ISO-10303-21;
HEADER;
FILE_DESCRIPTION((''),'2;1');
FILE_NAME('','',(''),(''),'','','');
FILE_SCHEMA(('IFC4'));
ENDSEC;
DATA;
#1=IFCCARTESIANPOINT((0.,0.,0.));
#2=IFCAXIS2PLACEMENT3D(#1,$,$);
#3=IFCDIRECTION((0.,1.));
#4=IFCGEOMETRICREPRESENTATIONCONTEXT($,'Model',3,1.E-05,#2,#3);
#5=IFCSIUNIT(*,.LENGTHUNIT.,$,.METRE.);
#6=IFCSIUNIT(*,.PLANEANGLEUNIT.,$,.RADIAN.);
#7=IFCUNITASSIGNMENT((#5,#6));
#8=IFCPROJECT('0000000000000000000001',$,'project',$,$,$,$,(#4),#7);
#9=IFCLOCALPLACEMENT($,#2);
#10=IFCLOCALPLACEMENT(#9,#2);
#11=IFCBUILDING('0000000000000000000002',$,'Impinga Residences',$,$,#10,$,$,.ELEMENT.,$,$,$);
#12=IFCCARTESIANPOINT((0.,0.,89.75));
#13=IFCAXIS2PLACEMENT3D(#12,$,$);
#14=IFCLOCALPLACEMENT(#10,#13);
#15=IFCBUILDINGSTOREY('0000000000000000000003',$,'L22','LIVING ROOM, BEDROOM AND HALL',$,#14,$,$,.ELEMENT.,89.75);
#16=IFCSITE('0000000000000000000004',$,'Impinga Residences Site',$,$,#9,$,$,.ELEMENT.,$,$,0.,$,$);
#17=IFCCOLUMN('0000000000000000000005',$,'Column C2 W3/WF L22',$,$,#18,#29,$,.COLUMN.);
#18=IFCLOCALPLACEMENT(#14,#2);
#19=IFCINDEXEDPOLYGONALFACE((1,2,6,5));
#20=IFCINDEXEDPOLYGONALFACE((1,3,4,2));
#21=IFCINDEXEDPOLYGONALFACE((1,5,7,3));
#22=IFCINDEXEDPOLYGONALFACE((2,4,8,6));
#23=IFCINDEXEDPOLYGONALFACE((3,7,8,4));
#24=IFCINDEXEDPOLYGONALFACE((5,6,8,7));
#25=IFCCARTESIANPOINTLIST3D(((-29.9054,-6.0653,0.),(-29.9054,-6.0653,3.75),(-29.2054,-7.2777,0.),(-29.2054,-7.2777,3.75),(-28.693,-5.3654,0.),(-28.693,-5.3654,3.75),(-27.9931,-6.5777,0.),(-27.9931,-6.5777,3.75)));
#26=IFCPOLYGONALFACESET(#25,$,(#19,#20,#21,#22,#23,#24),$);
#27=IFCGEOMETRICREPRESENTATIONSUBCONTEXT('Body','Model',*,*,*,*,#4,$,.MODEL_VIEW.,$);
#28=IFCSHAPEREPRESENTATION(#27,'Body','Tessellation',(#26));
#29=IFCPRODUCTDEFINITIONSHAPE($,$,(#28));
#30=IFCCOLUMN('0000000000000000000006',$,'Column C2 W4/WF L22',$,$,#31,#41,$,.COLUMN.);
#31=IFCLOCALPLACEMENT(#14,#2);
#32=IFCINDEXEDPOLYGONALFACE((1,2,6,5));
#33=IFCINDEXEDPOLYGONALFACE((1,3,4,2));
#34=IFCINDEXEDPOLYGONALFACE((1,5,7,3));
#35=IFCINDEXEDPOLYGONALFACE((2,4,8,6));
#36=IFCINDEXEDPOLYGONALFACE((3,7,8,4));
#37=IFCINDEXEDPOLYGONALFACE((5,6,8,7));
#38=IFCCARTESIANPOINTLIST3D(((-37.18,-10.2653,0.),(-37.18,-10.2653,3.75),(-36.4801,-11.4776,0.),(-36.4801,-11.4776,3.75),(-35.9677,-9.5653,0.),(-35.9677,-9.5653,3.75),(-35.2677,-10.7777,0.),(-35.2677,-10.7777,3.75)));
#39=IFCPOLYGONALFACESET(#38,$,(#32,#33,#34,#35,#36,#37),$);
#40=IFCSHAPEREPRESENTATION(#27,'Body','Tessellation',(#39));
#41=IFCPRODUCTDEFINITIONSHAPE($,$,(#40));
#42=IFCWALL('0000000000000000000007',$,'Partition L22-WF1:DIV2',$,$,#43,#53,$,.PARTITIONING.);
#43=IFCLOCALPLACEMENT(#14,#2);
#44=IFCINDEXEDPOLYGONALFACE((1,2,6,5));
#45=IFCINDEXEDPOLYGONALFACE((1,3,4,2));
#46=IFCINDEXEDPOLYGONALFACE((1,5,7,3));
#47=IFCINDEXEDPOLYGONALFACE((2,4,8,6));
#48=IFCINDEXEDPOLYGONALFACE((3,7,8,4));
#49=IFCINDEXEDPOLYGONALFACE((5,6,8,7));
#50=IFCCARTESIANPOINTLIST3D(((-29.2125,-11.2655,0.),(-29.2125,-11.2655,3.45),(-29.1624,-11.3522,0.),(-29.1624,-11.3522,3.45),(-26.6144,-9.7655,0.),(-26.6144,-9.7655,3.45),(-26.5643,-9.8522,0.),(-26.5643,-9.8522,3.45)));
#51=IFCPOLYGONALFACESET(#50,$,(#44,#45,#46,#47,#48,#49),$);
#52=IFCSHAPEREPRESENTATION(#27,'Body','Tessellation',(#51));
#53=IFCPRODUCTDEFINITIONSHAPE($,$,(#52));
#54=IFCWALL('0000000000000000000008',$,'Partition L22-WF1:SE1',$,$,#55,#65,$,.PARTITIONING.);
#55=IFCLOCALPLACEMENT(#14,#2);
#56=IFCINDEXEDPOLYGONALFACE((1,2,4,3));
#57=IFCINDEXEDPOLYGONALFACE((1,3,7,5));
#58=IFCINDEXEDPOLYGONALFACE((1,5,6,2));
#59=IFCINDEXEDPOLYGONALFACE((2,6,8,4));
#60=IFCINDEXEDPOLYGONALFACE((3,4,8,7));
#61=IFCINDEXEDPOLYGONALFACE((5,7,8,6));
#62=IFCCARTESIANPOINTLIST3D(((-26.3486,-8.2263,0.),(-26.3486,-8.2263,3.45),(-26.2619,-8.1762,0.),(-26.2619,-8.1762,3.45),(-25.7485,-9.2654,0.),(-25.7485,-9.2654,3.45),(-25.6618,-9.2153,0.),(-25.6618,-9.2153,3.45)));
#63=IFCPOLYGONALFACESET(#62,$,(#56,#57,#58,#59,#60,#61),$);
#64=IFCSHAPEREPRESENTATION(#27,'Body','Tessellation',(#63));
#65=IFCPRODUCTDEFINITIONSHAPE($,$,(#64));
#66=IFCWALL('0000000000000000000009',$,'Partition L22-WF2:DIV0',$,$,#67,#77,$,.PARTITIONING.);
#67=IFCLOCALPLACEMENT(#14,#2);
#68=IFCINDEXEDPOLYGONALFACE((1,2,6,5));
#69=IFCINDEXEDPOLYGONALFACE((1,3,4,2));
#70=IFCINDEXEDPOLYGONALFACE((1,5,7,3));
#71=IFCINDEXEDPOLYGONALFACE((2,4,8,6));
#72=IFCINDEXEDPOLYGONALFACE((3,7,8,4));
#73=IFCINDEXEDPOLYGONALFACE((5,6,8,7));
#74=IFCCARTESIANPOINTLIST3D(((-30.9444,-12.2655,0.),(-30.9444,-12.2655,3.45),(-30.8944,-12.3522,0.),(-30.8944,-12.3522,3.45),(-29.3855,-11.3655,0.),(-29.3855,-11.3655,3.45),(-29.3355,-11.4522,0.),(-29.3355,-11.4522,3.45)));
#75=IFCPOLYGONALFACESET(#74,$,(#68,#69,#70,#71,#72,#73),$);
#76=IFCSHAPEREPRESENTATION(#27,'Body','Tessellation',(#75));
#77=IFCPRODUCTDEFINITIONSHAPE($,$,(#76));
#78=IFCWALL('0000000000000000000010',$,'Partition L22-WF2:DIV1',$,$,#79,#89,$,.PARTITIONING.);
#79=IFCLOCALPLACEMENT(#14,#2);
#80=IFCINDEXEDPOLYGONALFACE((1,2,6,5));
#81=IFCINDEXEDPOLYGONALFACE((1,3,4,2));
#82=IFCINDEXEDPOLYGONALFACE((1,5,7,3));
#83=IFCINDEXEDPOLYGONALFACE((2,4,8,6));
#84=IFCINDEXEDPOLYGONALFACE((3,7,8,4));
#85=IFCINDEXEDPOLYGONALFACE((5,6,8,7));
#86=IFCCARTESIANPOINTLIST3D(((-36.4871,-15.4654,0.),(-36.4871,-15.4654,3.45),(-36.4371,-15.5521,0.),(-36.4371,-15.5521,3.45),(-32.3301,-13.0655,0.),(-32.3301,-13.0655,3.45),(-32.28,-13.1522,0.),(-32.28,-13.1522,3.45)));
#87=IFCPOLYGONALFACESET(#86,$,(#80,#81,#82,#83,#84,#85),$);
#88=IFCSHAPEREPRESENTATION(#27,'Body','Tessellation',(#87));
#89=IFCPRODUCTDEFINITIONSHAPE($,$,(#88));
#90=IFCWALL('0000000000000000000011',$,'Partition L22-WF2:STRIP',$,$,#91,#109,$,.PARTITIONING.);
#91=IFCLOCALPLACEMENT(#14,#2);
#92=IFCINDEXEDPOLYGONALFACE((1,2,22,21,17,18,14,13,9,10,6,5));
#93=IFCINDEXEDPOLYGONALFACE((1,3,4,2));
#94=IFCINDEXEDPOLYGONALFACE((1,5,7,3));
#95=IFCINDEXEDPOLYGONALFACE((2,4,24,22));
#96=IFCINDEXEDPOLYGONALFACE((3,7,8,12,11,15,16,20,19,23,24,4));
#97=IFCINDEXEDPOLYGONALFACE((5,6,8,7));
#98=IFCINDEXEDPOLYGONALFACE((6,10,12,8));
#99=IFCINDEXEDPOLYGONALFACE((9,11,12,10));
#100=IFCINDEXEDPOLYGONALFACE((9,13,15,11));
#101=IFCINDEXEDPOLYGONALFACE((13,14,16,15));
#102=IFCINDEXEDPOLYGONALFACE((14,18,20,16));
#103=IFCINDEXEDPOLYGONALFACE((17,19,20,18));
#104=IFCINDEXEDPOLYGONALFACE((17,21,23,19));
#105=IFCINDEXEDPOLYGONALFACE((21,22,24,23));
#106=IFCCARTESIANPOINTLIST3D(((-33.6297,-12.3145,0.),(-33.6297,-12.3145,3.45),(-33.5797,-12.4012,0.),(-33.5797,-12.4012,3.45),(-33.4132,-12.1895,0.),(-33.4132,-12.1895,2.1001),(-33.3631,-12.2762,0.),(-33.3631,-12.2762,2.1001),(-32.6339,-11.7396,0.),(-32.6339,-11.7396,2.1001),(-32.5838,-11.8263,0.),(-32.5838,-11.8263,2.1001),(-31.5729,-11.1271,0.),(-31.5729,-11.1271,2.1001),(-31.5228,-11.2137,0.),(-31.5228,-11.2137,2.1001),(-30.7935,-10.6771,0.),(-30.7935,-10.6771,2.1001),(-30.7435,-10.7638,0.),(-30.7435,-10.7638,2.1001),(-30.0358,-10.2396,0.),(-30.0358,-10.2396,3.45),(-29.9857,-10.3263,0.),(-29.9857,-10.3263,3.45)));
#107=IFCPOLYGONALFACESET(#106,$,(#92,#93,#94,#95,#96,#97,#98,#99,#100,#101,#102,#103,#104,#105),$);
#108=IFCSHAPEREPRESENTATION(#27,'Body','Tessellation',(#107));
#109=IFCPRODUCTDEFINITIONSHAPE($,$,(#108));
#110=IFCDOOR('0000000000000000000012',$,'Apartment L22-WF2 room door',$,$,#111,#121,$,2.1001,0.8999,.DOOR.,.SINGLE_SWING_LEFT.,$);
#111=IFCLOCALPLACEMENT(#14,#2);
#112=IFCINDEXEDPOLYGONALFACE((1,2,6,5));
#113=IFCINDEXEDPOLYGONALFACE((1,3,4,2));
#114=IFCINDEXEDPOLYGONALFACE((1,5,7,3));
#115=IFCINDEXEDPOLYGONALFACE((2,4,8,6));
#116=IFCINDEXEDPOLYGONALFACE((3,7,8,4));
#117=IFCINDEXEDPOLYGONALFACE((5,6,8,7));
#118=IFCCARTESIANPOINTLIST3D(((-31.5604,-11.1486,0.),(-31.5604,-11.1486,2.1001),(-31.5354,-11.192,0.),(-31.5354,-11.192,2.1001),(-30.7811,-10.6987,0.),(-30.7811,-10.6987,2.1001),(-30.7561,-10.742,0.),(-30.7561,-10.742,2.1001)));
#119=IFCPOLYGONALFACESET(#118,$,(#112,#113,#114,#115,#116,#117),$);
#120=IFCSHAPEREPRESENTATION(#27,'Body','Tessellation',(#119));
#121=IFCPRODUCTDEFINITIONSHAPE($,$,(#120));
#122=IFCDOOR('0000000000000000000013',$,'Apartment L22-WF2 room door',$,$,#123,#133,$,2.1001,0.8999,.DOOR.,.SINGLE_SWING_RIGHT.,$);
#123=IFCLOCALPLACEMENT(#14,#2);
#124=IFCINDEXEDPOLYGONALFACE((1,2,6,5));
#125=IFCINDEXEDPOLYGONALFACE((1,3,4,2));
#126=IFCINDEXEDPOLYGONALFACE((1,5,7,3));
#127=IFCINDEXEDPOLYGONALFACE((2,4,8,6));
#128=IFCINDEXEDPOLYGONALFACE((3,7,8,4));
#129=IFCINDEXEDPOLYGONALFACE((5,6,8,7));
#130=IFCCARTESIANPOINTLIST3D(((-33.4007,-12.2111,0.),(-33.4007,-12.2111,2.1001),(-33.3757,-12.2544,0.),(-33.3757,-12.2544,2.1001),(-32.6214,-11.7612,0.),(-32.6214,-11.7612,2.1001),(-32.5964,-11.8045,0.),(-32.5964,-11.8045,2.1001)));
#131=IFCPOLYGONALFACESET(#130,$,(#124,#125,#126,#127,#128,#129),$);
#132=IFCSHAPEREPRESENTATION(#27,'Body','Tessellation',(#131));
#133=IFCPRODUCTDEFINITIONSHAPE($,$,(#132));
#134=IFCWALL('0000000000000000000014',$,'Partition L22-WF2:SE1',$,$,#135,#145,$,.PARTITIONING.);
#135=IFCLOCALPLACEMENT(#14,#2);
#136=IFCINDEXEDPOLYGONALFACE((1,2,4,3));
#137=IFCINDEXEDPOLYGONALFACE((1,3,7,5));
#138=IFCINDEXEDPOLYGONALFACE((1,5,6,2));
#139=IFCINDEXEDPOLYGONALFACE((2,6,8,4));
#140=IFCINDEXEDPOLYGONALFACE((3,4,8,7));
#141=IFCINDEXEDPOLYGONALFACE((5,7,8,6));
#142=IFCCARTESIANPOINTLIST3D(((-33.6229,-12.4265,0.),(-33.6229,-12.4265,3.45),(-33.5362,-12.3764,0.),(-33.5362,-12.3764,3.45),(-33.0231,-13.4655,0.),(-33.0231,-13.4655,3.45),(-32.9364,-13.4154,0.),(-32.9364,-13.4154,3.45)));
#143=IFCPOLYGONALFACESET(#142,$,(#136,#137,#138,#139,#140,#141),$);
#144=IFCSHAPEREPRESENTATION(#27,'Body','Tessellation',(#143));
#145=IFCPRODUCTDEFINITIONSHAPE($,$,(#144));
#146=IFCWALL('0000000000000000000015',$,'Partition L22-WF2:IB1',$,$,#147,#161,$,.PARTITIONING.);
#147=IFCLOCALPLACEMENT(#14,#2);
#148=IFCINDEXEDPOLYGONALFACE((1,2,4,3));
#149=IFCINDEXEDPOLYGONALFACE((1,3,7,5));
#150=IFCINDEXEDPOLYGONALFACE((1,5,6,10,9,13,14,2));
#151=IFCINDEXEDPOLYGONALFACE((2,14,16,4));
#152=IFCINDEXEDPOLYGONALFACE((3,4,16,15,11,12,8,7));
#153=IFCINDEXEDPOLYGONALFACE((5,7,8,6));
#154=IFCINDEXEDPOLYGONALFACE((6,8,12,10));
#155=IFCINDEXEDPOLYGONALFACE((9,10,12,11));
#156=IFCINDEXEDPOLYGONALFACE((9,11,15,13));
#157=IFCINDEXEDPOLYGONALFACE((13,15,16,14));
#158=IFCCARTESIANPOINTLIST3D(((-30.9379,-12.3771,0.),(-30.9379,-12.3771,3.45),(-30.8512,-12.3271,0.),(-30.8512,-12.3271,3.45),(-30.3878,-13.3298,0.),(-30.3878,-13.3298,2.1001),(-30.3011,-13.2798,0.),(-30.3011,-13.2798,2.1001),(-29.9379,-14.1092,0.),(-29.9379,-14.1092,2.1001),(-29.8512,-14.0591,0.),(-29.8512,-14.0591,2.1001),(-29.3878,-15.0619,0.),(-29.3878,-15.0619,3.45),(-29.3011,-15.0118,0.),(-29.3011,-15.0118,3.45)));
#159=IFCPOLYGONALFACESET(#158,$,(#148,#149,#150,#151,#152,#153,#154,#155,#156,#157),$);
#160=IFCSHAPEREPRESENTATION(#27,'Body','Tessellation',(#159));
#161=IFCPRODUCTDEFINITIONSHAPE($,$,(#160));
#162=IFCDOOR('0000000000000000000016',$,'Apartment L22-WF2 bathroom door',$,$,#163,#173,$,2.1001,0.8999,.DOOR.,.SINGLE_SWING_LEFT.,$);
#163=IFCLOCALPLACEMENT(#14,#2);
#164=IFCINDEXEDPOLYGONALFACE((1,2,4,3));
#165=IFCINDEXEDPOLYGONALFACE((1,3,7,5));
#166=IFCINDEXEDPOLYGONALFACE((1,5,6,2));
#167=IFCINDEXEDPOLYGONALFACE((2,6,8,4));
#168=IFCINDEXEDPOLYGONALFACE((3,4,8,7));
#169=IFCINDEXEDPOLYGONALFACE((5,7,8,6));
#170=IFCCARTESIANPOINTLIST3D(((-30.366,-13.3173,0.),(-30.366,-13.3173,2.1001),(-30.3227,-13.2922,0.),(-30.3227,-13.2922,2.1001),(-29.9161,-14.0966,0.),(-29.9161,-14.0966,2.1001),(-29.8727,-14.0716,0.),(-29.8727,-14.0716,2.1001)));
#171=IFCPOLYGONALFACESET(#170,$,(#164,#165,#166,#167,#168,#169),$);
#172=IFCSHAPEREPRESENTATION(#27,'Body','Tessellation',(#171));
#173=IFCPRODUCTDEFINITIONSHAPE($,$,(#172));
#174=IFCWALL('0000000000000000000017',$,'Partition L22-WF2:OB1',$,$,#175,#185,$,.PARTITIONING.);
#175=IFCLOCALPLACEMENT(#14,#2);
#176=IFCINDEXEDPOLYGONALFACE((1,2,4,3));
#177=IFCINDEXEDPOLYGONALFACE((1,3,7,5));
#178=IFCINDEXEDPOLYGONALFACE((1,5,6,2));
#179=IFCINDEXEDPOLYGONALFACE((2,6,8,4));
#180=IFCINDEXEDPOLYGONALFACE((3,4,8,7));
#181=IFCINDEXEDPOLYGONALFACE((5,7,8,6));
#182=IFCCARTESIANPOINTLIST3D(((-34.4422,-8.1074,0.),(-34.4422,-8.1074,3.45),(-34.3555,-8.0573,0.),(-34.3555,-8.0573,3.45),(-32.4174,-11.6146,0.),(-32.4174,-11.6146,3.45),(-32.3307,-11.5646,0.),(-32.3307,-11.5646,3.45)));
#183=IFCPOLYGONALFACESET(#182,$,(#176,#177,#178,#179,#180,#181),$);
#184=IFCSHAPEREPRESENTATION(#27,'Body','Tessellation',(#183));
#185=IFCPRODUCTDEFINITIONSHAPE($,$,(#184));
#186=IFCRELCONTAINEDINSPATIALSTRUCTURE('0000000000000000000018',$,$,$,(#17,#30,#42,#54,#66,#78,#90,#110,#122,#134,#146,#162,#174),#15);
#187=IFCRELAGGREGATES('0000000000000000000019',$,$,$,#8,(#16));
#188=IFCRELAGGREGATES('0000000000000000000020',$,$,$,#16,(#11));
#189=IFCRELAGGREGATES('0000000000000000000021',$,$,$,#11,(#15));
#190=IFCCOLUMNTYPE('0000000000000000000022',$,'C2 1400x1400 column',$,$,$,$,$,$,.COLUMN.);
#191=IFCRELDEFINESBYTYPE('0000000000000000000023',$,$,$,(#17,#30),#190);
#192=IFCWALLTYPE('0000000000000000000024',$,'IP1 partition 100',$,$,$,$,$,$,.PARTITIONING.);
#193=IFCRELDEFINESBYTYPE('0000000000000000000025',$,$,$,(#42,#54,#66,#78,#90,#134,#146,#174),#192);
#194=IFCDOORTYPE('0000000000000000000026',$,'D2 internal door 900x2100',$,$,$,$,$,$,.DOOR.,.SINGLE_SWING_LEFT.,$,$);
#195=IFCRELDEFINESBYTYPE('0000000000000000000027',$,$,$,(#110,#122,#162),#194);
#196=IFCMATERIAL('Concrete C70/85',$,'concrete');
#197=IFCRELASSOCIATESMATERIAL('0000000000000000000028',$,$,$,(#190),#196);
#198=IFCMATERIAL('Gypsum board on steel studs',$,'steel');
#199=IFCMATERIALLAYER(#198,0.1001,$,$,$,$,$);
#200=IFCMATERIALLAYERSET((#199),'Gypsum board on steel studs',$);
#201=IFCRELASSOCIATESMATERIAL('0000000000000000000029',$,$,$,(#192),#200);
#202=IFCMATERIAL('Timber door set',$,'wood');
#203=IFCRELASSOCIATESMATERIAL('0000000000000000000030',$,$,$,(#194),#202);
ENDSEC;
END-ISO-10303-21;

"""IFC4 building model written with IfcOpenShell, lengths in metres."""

from ifc_helpers import new_model, si_unit, direction, frame, frame_2d, origin, origin_2d, place, context, subcontext, project, spatial, rectangle, extrude, material, layer, layer_set, material_profile, profile_set, type_object, element, fill, save


model = new_model("IFC4")

# Units and contexts
model_context = context("Model", 3, precision=1e-05, world=origin(), true_north=direction((0.0, 1.0)))
body_context = subcontext(model_context, "Body", "Model", "MODEL_VIEW")
ifc_project = project(units=[si_unit("LENGTHUNIT", "METRE"), si_unit("PLANEANGLEUNIT", "RADIAN")], contexts=[model_context])

# Site, building, storey
site_placement = place(None, origin())
site = spatial("IfcSite", under=ifc_project, at=site_placement, Name="Impinga Residences Site", CompositionType="ELEMENT", RefElevation=0.0)
building_placement = place(site_placement, origin())
building = spatial("IfcBuilding", under=site, at=building_placement, Name="Impinga Residences", CompositionType="ELEMENT")
storey_placement = place(building_placement, frame((0.0, 0.0, 89.75)))
storey = spatial("IfcBuildingStorey", under=building, at=storey_placement, Name="L22", Description="LIVING ROOM, BEDROOM AND HALL", CompositionType="ELEMENT", Elevation=89.75)

# Columns
ifc_material_1 = material(Name="Concrete C70/85", Category="concrete")
ifc_material_profile = material_profile(ifc_material_1, rectangle(XDim=1.3999, YDim=1.3999, at=origin_2d()), Name="RC 1400x1400")
ifc_profile_set = profile_set([ifc_material_profile], Name="Concrete C70/85")
column_type = type_object("IfcColumnType", Name="C2 1400x1400 column", PredefinedType="COLUMN", material=ifc_profile_set)
for number, where, z_axis, x_axis, name in (
    (1, (-28.9492, -6.3215, 0.0), (0.0, 0.0, 1.0), (-0.5, 0.866025, 0.0), "Column C2 W3/WF L22"),
    (2, (-36.2239, -10.5215, 0.0), (0.0, 0.0, 1.0), (-0.5, 0.866025, 0.0), "Column C2 W4/WF L22"),
):
    element("IfcColumn", number, at=place(storey_placement, frame(where, z_axis=z_axis, x_axis=x_axis)), inside=storey, type_object=column_type, Name=name, PredefinedType="COLUMN", context=body_context, shape_type="SweptSolid", body=[
        extrude(rectangle(XDim=1.3999, YDim=1.3999, at=origin_2d()), origin(), (0.0, 0.0, 1.0), 3.75),
    ])

# Walls
ifc_material_2 = material(Name="Gypsum board on steel studs", Category="steel")
ifc_layer_1 = layer(ifc_material_2, 0.1001)
ifc_layer_set_1 = layer_set([ifc_layer_1], Name="Gypsum board on steel studs")
wall_type_1 = type_object("IfcWallType", Name="IP1 partition 100", PredefinedType="PARTITIONING", material=ifc_layer_set_1)
wall_1_placement = place(storey_placement, frame((-26.5894, -9.8088, 0.0), z_axis=(0.0, 0.0, 1.0), x_axis=(-0.866031, -0.49999, 0.0)))
element("IfcWall", 3, at=wall_1_placement, inside=storey, type_object=wall_type_1, Name="Partition L22-WF1:DIV2", PredefinedType="PARTITIONING", context=body_context, shape_type="SweptSolid", body=[
    extrude(rectangle(XDim=3.0, YDim=0.1001, at=frame_2d((1.5, 0.0))), origin(), (0.0, 0.0, 1.0), 3.45),
])
wall_2_placement = place(storey_placement, frame((-25.7051, -9.2405, 0.0), z_axis=(0.0, 0.0, 1.0), x_axis=(-0.500122, 0.865955, 0.0)))
element("IfcWall", 4, at=wall_2_placement, inside=storey, type_object=wall_type_1, Name="Partition L22-WF1:SE1", PredefinedType="PARTITIONING", context=body_context, shape_type="SweptSolid", body=[
    extrude(rectangle(XDim=1.2, YDim=0.1001, at=frame_2d((0.6001, 0.0))), origin(), (0.0, 0.0, 1.0), 3.45),
])
wall_3_placement = place(storey_placement, frame((-29.3606, -11.4089, 0.0), z_axis=(0.0, 0.0, 1.0), x_axis=(-0.866048, -0.499961, 0.0)))
element("IfcWall", 5, at=wall_3_placement, inside=storey, type_object=wall_type_1, Name="Partition L22-WF2:DIV0", PredefinedType="PARTITIONING", context=body_context, shape_type="SweptSolid", body=[
    extrude(rectangle(XDim=1.8, YDim=0.1001, at=frame_2d((0.8999, 0.0))), origin(), (0.0, 0.0, 1.0), 3.45),
])
wall_4_placement = place(storey_placement, frame((-32.3052, -13.1089, 0.0), z_axis=(0.0, 0.0, 1.0), x_axis=(-0.866037, -0.499979, 0.0)))
element("IfcWall", 6, at=wall_4_placement, inside=storey, type_object=wall_type_1, Name="Partition L22-WF2:DIV1", PredefinedType="PARTITIONING", context=body_context, shape_type="SweptSolid", body=[
    extrude(rectangle(XDim=4.8, YDim=0.1001, at=frame_2d((2.3999, 0.0))), origin(), (0.0, 0.0, 1.0), 3.45),
])

# Wall, openings, doors
wall_5_placement = place(storey_placement, frame((-30.0107, -10.283, 0.0), z_axis=(0.0, 0.0, 1.0), x_axis=(-0.86603, -0.499992, 0.0)))
wall_5 = element("IfcWall", 7, at=wall_5_placement, inside=storey, type_object=wall_type_1, Name="Partition L22-WF2:STRIP", PredefinedType="PARTITIONING", context=body_context, shape_type="SweptSolid", body=[
    extrude(rectangle(XDim=4.1499, YDim=0.1001, at=frame_2d((2.075, 0.0))), origin(), (0.0, 0.0, 1.0), 3.45),
])
opening_1_placement = place(wall_5_placement, frame((0.875, 0.0, 0.0)))
opening_1 = element("IfcOpeningElement", 8, at=opening_1_placement, cuts=wall_5, PredefinedType="OPENING", context=body_context, shape_type="SweptSolid", body=[
    extrude(rectangle(XDim=0.8999, YDim=2.1001, at=frame_2d((0.45, 1.05))), frame((0.0, 0.0601, 0.0), z_axis=(0.0, -1.0, 0.0), x_axis=(1.0, 0.0, 0.0)), (0.0, 0.0, 1.0), 0.1201),
])
opening_2_placement = place(wall_5_placement, frame((3.0, 0.0, 0.0)))
opening_2 = element("IfcOpeningElement", 9, at=opening_2_placement, cuts=wall_5, PredefinedType="OPENING", context=body_context, shape_type="SweptSolid", body=[
    extrude(rectangle(XDim=0.8999, YDim=2.1001, at=frame_2d((0.45, 1.05))), frame((0.0, 0.0601, 0.0), z_axis=(0.0, -1.0, 0.0), x_axis=(1.0, 0.0, 0.0)), (0.0, 0.0, 1.0), 0.1201),
])
ifc_material_3 = material(Name="Timber door set", Category="wood")
door_type = type_object("IfcDoorType", Name="D2 internal door 900x2100", OperationType="SINGLE_SWING_LEFT", PredefinedType="DOOR", material=ifc_material_3)
door_1_placement = place(opening_1_placement, origin())
door_1 = element("IfcDoor", 10, at=door_1_placement, inside=storey, type_object=door_type, Name="Apartment L22-WF2 room door", OperationType="SINGLE_SWING_LEFT", OverallHeight=2.1001, OverallWidth=0.8999, PredefinedType="DOOR", context=body_context, shape_type="SweptSolid", body=[
    extrude(rectangle(XDim=0.8999, YDim=2.1001, at=frame_2d((0.45, 1.05))), frame((0.0, 0.0249, 0.0), z_axis=(0.0, -1.0, 0.0), x_axis=(1.0, 0.0, 0.0)), (0.0, 0.0, 1.0), 0.05),
])
fill(opening_1, door_1)
door_2_placement = place(opening_2_placement, origin())
door_2 = element("IfcDoor", 11, at=door_2_placement, inside=storey, type_object=door_type, Name="Apartment L22-WF2 room door", OperationType="SINGLE_SWING_RIGHT", OverallHeight=2.1001, OverallWidth=0.8999, PredefinedType="DOOR", context=body_context, shape_type="SweptSolid", body=[
    extrude(rectangle(XDim=0.8999, YDim=2.1001, at=frame_2d((0.45, 1.05))), frame((0.0, 0.0249, 0.0), z_axis=(0.0, -1.0, 0.0), x_axis=(1.0, 0.0, 0.0)), (0.0, 0.0, 1.0), 0.05),
])
fill(opening_2, door_2)

# Wall
wall_6_placement = place(storey_placement, frame((-32.9797, -13.4404, 0.0), z_axis=(0.0, 0.0, 1.0), x_axis=(-0.499969, 0.866043, 0.0)))
element("IfcWall", 12, at=wall_6_placement, inside=storey, type_object=wall_type_1, Name="Partition L22-WF2:SE1", PredefinedType="PARTITIONING", context=body_context, shape_type="SweptSolid", body=[
    extrude(rectangle(XDim=1.1997, YDim=0.1001, at=frame_2d((0.5999, 0.0))), origin(), (0.0, 0.0, 1.0), 3.45),
])

# Wall, opening, door
wall_7_placement = place(storey_placement, frame((-29.3445, -15.0369, 0.0), z_axis=(0.0, 0.0, 1.0), x_axis=(-0.499993, 0.86603, 0.0)))
wall_7 = element("IfcWall", 13, at=wall_7_placement, inside=storey, type_object=wall_type_1, Name="Partition L22-WF2:IB1", PredefinedType="PARTITIONING", context=body_context, shape_type="SweptSolid", body=[
    extrude(rectangle(XDim=3.1001, YDim=0.1001, at=frame_2d((1.55, 0.0))), origin(), (0.0, 0.0, 1.0), 3.45),
])
opening_3_placement = place(wall_7_placement, frame((1.1001, 0.0, 0.0)))
opening_3 = element("IfcOpeningElement", 14, at=opening_3_placement, cuts=wall_7, PredefinedType="OPENING", context=body_context, shape_type="SweptSolid", body=[
    extrude(rectangle(XDim=0.8999, YDim=2.1001, at=frame_2d((0.45, 1.05))), frame((0.0, 0.0601, 0.0), z_axis=(0.0, -1.0, 0.0), x_axis=(1.0, 0.0, 0.0)), (0.0, 0.0, 1.0), 0.1201),
])
door_3_placement = place(opening_3_placement, origin())
door_3 = element("IfcDoor", 15, at=door_3_placement, inside=storey, type_object=door_type, Name="Apartment L22-WF2 bathroom door", OperationType="SINGLE_SWING_LEFT", OverallHeight=2.1001, OverallWidth=0.8999, PredefinedType="DOOR", context=body_context, shape_type="SweptSolid", body=[
    extrude(rectangle(XDim=0.8999, YDim=2.1001, at=frame_2d((0.45, 1.05))), frame((0.0, 0.0249, 0.0), z_axis=(0.0, -1.0, 0.0), x_axis=(1.0, 0.0, 0.0)), (0.0, 0.0, 1.0), 0.05),
])
fill(opening_3, door_3)

# Wall
wall_8_placement = place(storey_placement, frame((-32.374, -11.5896, 0.0), z_axis=(0.0, 0.0, 1.0), x_axis=(-0.49999, 0.866031, 0.0)))
element("IfcWall", 16, at=wall_8_placement, inside=storey, type_object=wall_type_1, Name="Partition L22-WF2:OB1", PredefinedType="PARTITIONING", context=body_context, shape_type="SweptSolid", body=[
    extrude(rectangle(XDim=4.0498, YDim=0.1001, at=frame_2d((2.0249, 0.0))), origin(), (0.0, 0.0, 1.0), 3.45),
])

save(model, "model.ifc")
